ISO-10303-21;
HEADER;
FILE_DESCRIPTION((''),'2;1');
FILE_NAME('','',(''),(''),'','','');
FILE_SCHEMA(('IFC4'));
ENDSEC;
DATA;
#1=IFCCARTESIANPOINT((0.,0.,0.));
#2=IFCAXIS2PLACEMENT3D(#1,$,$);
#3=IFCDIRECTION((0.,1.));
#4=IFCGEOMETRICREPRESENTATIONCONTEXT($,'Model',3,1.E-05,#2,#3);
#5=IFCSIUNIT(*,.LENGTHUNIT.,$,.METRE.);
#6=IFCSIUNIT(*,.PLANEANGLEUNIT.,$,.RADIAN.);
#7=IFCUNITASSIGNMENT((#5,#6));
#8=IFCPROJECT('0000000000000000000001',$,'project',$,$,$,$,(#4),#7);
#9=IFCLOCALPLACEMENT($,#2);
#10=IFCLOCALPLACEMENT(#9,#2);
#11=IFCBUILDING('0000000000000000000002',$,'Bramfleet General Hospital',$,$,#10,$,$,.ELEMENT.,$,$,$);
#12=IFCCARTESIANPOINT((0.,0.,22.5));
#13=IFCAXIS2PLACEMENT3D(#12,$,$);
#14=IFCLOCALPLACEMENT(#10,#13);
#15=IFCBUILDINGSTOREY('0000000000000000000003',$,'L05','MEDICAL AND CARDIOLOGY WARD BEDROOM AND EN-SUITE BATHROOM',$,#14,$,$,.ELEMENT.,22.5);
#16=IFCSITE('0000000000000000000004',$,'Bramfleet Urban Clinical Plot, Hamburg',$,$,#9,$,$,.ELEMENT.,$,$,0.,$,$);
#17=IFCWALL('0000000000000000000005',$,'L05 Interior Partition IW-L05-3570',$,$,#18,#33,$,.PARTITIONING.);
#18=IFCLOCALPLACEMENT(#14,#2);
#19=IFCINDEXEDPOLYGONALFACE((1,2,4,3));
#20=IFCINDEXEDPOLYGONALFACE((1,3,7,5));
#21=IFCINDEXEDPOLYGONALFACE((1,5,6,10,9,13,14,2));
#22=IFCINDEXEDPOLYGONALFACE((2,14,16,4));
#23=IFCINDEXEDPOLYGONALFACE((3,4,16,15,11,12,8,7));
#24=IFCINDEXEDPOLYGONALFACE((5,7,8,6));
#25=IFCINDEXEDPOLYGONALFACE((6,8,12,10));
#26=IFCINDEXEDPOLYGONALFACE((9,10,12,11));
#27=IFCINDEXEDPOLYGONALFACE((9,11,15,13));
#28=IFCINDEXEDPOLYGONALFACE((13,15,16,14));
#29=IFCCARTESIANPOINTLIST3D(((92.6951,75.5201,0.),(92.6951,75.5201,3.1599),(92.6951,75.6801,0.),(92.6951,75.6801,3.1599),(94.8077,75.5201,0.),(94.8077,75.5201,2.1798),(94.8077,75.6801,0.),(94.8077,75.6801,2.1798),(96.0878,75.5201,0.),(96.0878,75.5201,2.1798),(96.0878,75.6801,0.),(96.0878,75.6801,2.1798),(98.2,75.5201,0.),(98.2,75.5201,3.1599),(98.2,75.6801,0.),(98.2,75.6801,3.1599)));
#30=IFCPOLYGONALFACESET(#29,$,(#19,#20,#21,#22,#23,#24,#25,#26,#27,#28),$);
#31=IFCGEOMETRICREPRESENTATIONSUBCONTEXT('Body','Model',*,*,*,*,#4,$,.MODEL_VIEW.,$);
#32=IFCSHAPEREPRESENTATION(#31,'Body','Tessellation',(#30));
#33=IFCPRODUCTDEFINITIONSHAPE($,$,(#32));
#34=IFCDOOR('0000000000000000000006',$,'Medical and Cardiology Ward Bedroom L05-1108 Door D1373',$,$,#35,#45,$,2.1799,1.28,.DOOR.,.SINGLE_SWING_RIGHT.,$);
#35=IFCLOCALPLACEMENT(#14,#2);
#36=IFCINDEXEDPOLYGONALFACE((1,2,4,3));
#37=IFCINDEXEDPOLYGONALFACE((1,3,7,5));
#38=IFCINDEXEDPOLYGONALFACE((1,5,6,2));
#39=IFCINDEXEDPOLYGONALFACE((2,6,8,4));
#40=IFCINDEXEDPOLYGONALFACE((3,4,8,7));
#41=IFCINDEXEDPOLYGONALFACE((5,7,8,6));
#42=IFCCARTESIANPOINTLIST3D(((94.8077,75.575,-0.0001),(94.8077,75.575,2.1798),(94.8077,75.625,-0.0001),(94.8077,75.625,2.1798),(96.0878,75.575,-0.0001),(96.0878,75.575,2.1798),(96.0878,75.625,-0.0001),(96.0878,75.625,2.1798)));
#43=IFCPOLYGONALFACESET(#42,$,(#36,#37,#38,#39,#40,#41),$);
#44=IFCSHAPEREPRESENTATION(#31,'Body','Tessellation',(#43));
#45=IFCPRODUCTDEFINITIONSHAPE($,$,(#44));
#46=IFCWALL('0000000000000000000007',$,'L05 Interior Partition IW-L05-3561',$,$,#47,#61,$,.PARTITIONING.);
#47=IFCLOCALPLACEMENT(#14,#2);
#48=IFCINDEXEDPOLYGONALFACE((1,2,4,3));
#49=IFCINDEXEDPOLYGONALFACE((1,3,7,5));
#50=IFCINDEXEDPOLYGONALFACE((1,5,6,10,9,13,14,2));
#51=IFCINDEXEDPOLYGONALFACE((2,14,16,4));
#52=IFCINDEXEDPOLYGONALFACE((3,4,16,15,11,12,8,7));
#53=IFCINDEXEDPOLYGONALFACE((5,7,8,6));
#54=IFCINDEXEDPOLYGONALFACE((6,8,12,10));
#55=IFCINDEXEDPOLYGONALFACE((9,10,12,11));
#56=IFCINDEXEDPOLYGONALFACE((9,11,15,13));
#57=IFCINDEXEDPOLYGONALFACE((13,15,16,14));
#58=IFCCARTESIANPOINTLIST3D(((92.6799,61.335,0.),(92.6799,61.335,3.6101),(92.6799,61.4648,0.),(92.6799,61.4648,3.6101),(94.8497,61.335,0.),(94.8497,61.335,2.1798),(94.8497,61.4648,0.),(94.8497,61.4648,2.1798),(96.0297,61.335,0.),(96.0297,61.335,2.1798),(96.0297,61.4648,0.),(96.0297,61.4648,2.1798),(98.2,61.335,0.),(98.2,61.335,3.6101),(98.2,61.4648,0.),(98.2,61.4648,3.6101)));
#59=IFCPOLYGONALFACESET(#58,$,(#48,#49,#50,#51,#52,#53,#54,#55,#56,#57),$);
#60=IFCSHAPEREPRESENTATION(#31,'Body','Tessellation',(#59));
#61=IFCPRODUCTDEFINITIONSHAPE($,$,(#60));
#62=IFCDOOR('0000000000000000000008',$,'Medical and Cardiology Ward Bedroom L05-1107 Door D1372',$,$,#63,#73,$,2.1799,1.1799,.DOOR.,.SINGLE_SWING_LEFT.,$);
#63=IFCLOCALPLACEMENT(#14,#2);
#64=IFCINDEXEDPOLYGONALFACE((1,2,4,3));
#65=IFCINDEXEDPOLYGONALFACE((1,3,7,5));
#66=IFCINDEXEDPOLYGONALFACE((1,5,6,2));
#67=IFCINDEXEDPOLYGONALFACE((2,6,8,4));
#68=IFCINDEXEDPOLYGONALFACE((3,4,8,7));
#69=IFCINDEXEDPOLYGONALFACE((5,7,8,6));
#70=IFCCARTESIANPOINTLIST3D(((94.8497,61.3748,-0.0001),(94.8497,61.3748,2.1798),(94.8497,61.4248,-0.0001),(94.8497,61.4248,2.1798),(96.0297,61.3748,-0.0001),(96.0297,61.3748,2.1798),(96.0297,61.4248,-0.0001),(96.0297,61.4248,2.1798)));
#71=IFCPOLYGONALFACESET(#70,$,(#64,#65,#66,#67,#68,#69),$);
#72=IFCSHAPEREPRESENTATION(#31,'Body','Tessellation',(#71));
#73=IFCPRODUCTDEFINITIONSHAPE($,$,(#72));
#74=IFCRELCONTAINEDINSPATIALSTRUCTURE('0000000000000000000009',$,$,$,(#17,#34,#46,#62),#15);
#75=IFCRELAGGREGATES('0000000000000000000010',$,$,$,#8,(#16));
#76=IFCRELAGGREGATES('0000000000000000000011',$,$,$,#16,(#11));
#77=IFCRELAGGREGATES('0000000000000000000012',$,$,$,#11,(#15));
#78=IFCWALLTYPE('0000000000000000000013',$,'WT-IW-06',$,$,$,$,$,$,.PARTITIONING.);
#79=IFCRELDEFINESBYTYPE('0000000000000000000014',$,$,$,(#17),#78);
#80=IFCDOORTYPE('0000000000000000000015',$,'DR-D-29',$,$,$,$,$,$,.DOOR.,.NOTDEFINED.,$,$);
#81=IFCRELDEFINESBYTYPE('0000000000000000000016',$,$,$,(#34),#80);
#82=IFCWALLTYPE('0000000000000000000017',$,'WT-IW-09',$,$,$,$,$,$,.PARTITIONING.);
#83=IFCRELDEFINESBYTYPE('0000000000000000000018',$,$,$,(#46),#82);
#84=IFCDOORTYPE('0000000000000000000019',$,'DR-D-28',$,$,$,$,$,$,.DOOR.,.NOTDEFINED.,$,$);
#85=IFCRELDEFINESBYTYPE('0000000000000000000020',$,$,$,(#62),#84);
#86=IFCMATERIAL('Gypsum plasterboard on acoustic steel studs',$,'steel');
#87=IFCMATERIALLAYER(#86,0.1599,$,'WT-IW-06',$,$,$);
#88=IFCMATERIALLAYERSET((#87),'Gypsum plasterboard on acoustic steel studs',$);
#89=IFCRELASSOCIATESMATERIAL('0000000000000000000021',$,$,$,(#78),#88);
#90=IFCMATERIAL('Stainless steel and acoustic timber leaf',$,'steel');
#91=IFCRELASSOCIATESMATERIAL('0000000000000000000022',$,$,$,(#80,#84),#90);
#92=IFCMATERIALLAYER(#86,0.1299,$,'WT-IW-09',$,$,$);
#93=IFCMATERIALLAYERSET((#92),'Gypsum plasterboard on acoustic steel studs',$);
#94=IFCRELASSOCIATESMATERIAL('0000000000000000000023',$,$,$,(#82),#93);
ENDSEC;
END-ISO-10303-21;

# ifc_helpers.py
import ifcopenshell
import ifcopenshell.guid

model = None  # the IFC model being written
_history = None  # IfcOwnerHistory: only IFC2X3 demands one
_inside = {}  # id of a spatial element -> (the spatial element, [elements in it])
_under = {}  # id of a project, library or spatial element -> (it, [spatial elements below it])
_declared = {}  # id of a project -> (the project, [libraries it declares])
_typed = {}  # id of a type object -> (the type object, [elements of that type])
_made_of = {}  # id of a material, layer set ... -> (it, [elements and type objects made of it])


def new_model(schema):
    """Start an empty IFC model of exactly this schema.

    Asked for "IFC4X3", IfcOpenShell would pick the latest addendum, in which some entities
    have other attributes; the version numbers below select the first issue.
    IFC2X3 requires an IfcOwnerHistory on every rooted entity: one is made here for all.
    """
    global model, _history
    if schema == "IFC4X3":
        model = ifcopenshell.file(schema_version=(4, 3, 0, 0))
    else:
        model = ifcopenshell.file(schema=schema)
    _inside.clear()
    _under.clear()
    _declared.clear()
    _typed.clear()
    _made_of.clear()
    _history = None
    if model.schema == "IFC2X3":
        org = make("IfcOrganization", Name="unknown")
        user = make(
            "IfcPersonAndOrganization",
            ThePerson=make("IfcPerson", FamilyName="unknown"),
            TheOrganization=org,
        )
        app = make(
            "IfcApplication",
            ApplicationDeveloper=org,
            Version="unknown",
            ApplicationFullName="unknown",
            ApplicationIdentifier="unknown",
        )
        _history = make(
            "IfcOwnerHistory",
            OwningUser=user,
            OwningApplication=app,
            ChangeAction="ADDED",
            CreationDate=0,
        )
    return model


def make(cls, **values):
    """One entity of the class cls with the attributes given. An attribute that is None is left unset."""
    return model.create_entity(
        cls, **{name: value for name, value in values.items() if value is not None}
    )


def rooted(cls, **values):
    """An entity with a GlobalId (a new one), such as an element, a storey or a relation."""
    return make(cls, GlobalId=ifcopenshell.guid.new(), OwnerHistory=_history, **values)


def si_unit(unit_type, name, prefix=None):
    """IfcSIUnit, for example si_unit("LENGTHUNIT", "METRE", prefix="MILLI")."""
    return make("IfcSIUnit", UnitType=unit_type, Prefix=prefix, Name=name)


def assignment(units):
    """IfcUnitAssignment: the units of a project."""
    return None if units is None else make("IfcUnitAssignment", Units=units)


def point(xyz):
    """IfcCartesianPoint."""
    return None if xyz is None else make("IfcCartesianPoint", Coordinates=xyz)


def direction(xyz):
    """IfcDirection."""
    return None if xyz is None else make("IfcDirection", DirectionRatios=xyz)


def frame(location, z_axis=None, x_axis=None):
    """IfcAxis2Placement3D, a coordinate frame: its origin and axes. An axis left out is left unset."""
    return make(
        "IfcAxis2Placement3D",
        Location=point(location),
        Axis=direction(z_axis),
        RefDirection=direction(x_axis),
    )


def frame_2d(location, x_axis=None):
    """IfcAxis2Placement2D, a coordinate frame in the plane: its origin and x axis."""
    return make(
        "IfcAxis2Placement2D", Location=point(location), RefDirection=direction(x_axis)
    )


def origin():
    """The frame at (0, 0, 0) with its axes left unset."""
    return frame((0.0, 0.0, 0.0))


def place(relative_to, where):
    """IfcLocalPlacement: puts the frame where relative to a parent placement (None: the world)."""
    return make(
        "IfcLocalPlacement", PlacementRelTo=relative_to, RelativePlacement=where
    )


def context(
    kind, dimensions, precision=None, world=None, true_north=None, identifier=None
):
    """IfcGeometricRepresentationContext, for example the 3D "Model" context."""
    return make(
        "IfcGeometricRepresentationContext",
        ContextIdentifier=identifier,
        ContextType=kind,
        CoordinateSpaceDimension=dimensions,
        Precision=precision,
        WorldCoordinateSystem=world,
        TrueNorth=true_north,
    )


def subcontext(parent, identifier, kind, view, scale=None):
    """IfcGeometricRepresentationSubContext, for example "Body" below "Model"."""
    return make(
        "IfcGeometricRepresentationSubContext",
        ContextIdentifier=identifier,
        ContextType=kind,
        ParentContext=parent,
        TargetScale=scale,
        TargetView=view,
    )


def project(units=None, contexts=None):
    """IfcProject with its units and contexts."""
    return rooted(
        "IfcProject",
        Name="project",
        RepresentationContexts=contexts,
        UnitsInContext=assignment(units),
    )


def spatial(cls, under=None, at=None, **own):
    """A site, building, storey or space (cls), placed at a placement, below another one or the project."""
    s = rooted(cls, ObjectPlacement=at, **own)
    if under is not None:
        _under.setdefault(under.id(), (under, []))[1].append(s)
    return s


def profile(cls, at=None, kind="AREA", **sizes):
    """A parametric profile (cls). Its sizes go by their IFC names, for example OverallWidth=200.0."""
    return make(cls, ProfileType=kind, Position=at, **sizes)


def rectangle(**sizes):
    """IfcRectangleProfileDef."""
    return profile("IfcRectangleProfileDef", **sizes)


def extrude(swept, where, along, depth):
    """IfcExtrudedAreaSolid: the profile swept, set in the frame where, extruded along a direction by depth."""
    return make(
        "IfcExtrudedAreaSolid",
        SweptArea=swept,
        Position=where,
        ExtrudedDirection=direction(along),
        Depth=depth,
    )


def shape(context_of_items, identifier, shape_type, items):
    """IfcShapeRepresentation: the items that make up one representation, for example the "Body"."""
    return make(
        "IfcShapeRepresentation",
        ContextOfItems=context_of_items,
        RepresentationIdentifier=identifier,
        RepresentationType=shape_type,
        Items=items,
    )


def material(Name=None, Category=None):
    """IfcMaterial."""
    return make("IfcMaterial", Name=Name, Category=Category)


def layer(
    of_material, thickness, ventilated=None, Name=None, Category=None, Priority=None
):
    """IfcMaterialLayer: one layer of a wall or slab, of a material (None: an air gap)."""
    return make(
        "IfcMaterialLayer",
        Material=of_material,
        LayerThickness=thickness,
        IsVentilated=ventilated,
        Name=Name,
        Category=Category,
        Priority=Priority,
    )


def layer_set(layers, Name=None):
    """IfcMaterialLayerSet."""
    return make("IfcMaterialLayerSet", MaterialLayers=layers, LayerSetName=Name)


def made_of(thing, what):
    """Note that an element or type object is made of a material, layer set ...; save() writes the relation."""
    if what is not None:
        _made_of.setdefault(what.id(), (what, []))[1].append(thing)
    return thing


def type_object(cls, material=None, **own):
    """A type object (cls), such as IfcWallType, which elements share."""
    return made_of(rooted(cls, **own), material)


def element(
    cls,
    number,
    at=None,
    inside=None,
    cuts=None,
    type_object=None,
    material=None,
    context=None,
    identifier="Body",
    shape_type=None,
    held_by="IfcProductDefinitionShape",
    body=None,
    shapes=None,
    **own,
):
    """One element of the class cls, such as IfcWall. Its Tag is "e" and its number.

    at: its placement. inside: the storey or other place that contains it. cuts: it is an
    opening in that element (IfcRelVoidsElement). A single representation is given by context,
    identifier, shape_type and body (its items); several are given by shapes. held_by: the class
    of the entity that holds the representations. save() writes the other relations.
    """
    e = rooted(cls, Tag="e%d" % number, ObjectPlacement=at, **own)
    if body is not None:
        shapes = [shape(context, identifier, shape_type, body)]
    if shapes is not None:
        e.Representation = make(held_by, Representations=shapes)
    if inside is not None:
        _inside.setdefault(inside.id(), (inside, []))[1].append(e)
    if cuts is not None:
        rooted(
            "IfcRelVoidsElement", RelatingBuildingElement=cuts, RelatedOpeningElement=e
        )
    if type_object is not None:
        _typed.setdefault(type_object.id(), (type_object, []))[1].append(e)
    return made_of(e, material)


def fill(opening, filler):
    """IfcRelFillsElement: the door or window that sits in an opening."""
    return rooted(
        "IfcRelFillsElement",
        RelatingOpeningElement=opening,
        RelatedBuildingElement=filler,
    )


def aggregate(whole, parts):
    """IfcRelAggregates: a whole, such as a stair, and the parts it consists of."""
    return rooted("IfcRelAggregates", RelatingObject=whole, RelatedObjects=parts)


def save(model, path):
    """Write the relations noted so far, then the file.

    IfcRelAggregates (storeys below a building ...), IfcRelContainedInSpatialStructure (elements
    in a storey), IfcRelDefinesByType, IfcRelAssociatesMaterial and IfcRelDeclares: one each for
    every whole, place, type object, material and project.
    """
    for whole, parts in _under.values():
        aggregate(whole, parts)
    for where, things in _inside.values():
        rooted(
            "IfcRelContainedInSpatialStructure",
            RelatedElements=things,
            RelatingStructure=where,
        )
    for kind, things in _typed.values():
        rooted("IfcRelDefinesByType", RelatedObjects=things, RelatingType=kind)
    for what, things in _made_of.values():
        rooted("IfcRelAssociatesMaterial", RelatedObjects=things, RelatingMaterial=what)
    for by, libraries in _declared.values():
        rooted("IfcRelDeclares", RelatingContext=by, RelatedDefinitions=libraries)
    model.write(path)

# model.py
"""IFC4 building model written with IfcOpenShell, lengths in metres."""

from ifc_helpers import new_model, si_unit, direction, frame, frame_2d, origin, place, context, subcontext, project, spatial, rectangle, extrude, material, layer, layer_set, type_object, element, fill, save


model = new_model("IFC4")

# Units and contexts
model_context = context("Model", 3, precision=1e-05, world=origin(), true_north=direction((0.0, 1.0)))
body_context = subcontext(model_context, "Body", "Model", "MODEL_VIEW")
ifc_project = project(units=[si_unit("LENGTHUNIT", "METRE"), si_unit("PLANEANGLEUNIT", "RADIAN")], contexts=[model_context])

# Site, building, storey
site_placement = place(None, origin())
site = spatial("IfcSite", under=ifc_project, at=site_placement, Name="Bramfleet Urban Clinical Plot, Hamburg", CompositionType="ELEMENT", RefElevation=0.0)
building_placement = place(site_placement, origin())
building = spatial("IfcBuilding", under=site, at=building_placement, Name="Bramfleet General Hospital", CompositionType="ELEMENT")
storey_placement = place(building_placement, frame((0.0, 0.0, 22.5)))
storey = spatial("IfcBuildingStorey", under=building, at=storey_placement, Name="L05", Description="MEDICAL AND CARDIOLOGY WARD BEDROOM AND EN-SUITE BATHROOM", CompositionType="ELEMENT", Elevation=22.5)

# Walls, openings, doors
ifc_material_1 = material(Name="Gypsum plasterboard on acoustic steel studs", Category="steel")
ifc_layer_1 = layer(ifc_material_1, 0.1599, Name="WT-IW-06")
ifc_layer_set_1 = layer_set([ifc_layer_1], Name="Gypsum plasterboard on acoustic steel studs")
wall_type_1 = type_object("IfcWallType", Name="WT-IW-06", PredefinedType="PARTITIONING", material=ifc_layer_set_1)
ifc_material_2 = material(Name="Stainless steel and acoustic timber leaf", Category="steel")
wall_1_placement = place(storey_placement, frame((92.6951, 75.6001, 0.0), z_axis=(0.0, 0.0, 1.0), x_axis=(1.0, 0.0, 0.0)))
wall_1 = element("IfcWall", 1, at=wall_1_placement, inside=storey, type_object=wall_type_1, Name="L05 Interior Partition IW-L05-3570", PredefinedType="PARTITIONING", context=body_context, shape_type="SweptSolid", body=[
    extrude(rectangle(XDim=5.5049, YDim=0.1599, at=frame_2d((2.7524, 0.0))), origin(), (0.0, 0.0, 1.0), 3.1599),
])
opening_1_placement = place(wall_1_placement, frame((2.1125, 0.0, 0.0)))
opening_1 = element("IfcOpeningElement", 2, at=opening_1_placement, cuts=wall_1, PredefinedType="OPENING", context=body_context, shape_type="SweptSolid", body=[
    extrude(rectangle(XDim=1.28, YDim=2.1799, at=frame_2d((0.6401, 1.0898))), frame((0.0, 0.0898, 0.0), z_axis=(0.0, -1.0, 0.0), x_axis=(1.0, 0.0, 0.0)), (0.0, 0.0, 1.0), 0.1799),
])
door_type_1 = type_object("IfcDoorType", Name="DR-D-29", OperationType="NOTDEFINED", PredefinedType="DOOR", material=ifc_material_2)
door_1_placement = place(opening_1_placement, origin())
door_1 = element("IfcDoor", 3, at=door_1_placement, inside=storey, type_object=door_type_1, Name="Medical and Cardiology Ward Bedroom L05-1108 Door D1373", OperationType="SINGLE_SWING_RIGHT", OverallHeight=2.1799, OverallWidth=1.28, PredefinedType="DOOR", context=body_context, shape_type="SweptSolid", body=[
    extrude(rectangle(XDim=1.28, YDim=2.1799, at=frame_2d((0.6401, 1.0898))), frame((0.0, 0.0249, 0.0), z_axis=(0.0, -1.0, 0.0), x_axis=(1.0, 0.0, 0.0)), (0.0, 0.0, 1.0), 0.05),
])
fill(opening_1, door_1)
ifc_layer_2 = layer(ifc_material_1, 0.1299, Name="WT-IW-09")
ifc_layer_set_2 = layer_set([ifc_layer_2], Name="Gypsum plasterboard on acoustic steel studs")
wall_type_2 = type_object("IfcWallType", Name="WT-IW-09", PredefinedType="PARTITIONING", material=ifc_layer_set_2)
wall_2_placement = place(storey_placement, frame((92.6799, 61.3999, 0.0), z_axis=(0.0, 0.0, 1.0), x_axis=(1.0, 0.0, 0.0)))
wall_2 = element("IfcWall", 4, at=wall_2_placement, inside=storey, type_object=wall_type_2, Name="L05 Interior Partition IW-L05-3561", PredefinedType="PARTITIONING", context=body_context, shape_type="SweptSolid", body=[
    extrude(rectangle(XDim=5.52, YDim=0.1299, at=frame_2d((2.76, 0.0))), origin(), (0.0, 0.0, 1.0), 3.6101),
])
opening_2_placement = place(wall_2_placement, frame((2.1699, 0.0, 0.0)))
opening_2 = element("IfcOpeningElement", 5, at=opening_2_placement, cuts=wall_2, PredefinedType="OPENING", context=body_context, shape_type="SweptSolid", body=[
    extrude(rectangle(XDim=1.1799, YDim=2.1799, at=frame_2d((0.5898, 1.0898))), frame((0.0, 0.075, 0.0), z_axis=(0.0, -1.0, 0.0), x_axis=(1.0, 0.0, 0.0)), (0.0, 0.0, 1.0), 0.1499),
])
door_type_2 = type_object("IfcDoorType", Name="DR-D-28", OperationType="NOTDEFINED", PredefinedType="DOOR", material=ifc_material_2)
door_2_placement = place(opening_2_placement, origin())
door_2 = element("IfcDoor", 6, at=door_2_placement, inside=storey, type_object=door_type_2, Name="Medical and Cardiology Ward Bedroom L05-1107 Door D1372", OperationType="SINGLE_SWING_LEFT", OverallHeight=2.1799, OverallWidth=1.1799, PredefinedType="DOOR", context=body_context, shape_type="SweptSolid", body=[
    extrude(rectangle(XDim=1.1799, YDim=2.1799, at=frame_2d((0.5898, 1.0898))), frame((0.0, 0.0249, 0.0), z_axis=(0.0, -1.0, 0.0), x_axis=(1.0, 0.0, 0.0)), (0.0, 0.0, 1.0), 0.05),
])
fill(opening_2, door_2)

save(model, "model.ifc")
